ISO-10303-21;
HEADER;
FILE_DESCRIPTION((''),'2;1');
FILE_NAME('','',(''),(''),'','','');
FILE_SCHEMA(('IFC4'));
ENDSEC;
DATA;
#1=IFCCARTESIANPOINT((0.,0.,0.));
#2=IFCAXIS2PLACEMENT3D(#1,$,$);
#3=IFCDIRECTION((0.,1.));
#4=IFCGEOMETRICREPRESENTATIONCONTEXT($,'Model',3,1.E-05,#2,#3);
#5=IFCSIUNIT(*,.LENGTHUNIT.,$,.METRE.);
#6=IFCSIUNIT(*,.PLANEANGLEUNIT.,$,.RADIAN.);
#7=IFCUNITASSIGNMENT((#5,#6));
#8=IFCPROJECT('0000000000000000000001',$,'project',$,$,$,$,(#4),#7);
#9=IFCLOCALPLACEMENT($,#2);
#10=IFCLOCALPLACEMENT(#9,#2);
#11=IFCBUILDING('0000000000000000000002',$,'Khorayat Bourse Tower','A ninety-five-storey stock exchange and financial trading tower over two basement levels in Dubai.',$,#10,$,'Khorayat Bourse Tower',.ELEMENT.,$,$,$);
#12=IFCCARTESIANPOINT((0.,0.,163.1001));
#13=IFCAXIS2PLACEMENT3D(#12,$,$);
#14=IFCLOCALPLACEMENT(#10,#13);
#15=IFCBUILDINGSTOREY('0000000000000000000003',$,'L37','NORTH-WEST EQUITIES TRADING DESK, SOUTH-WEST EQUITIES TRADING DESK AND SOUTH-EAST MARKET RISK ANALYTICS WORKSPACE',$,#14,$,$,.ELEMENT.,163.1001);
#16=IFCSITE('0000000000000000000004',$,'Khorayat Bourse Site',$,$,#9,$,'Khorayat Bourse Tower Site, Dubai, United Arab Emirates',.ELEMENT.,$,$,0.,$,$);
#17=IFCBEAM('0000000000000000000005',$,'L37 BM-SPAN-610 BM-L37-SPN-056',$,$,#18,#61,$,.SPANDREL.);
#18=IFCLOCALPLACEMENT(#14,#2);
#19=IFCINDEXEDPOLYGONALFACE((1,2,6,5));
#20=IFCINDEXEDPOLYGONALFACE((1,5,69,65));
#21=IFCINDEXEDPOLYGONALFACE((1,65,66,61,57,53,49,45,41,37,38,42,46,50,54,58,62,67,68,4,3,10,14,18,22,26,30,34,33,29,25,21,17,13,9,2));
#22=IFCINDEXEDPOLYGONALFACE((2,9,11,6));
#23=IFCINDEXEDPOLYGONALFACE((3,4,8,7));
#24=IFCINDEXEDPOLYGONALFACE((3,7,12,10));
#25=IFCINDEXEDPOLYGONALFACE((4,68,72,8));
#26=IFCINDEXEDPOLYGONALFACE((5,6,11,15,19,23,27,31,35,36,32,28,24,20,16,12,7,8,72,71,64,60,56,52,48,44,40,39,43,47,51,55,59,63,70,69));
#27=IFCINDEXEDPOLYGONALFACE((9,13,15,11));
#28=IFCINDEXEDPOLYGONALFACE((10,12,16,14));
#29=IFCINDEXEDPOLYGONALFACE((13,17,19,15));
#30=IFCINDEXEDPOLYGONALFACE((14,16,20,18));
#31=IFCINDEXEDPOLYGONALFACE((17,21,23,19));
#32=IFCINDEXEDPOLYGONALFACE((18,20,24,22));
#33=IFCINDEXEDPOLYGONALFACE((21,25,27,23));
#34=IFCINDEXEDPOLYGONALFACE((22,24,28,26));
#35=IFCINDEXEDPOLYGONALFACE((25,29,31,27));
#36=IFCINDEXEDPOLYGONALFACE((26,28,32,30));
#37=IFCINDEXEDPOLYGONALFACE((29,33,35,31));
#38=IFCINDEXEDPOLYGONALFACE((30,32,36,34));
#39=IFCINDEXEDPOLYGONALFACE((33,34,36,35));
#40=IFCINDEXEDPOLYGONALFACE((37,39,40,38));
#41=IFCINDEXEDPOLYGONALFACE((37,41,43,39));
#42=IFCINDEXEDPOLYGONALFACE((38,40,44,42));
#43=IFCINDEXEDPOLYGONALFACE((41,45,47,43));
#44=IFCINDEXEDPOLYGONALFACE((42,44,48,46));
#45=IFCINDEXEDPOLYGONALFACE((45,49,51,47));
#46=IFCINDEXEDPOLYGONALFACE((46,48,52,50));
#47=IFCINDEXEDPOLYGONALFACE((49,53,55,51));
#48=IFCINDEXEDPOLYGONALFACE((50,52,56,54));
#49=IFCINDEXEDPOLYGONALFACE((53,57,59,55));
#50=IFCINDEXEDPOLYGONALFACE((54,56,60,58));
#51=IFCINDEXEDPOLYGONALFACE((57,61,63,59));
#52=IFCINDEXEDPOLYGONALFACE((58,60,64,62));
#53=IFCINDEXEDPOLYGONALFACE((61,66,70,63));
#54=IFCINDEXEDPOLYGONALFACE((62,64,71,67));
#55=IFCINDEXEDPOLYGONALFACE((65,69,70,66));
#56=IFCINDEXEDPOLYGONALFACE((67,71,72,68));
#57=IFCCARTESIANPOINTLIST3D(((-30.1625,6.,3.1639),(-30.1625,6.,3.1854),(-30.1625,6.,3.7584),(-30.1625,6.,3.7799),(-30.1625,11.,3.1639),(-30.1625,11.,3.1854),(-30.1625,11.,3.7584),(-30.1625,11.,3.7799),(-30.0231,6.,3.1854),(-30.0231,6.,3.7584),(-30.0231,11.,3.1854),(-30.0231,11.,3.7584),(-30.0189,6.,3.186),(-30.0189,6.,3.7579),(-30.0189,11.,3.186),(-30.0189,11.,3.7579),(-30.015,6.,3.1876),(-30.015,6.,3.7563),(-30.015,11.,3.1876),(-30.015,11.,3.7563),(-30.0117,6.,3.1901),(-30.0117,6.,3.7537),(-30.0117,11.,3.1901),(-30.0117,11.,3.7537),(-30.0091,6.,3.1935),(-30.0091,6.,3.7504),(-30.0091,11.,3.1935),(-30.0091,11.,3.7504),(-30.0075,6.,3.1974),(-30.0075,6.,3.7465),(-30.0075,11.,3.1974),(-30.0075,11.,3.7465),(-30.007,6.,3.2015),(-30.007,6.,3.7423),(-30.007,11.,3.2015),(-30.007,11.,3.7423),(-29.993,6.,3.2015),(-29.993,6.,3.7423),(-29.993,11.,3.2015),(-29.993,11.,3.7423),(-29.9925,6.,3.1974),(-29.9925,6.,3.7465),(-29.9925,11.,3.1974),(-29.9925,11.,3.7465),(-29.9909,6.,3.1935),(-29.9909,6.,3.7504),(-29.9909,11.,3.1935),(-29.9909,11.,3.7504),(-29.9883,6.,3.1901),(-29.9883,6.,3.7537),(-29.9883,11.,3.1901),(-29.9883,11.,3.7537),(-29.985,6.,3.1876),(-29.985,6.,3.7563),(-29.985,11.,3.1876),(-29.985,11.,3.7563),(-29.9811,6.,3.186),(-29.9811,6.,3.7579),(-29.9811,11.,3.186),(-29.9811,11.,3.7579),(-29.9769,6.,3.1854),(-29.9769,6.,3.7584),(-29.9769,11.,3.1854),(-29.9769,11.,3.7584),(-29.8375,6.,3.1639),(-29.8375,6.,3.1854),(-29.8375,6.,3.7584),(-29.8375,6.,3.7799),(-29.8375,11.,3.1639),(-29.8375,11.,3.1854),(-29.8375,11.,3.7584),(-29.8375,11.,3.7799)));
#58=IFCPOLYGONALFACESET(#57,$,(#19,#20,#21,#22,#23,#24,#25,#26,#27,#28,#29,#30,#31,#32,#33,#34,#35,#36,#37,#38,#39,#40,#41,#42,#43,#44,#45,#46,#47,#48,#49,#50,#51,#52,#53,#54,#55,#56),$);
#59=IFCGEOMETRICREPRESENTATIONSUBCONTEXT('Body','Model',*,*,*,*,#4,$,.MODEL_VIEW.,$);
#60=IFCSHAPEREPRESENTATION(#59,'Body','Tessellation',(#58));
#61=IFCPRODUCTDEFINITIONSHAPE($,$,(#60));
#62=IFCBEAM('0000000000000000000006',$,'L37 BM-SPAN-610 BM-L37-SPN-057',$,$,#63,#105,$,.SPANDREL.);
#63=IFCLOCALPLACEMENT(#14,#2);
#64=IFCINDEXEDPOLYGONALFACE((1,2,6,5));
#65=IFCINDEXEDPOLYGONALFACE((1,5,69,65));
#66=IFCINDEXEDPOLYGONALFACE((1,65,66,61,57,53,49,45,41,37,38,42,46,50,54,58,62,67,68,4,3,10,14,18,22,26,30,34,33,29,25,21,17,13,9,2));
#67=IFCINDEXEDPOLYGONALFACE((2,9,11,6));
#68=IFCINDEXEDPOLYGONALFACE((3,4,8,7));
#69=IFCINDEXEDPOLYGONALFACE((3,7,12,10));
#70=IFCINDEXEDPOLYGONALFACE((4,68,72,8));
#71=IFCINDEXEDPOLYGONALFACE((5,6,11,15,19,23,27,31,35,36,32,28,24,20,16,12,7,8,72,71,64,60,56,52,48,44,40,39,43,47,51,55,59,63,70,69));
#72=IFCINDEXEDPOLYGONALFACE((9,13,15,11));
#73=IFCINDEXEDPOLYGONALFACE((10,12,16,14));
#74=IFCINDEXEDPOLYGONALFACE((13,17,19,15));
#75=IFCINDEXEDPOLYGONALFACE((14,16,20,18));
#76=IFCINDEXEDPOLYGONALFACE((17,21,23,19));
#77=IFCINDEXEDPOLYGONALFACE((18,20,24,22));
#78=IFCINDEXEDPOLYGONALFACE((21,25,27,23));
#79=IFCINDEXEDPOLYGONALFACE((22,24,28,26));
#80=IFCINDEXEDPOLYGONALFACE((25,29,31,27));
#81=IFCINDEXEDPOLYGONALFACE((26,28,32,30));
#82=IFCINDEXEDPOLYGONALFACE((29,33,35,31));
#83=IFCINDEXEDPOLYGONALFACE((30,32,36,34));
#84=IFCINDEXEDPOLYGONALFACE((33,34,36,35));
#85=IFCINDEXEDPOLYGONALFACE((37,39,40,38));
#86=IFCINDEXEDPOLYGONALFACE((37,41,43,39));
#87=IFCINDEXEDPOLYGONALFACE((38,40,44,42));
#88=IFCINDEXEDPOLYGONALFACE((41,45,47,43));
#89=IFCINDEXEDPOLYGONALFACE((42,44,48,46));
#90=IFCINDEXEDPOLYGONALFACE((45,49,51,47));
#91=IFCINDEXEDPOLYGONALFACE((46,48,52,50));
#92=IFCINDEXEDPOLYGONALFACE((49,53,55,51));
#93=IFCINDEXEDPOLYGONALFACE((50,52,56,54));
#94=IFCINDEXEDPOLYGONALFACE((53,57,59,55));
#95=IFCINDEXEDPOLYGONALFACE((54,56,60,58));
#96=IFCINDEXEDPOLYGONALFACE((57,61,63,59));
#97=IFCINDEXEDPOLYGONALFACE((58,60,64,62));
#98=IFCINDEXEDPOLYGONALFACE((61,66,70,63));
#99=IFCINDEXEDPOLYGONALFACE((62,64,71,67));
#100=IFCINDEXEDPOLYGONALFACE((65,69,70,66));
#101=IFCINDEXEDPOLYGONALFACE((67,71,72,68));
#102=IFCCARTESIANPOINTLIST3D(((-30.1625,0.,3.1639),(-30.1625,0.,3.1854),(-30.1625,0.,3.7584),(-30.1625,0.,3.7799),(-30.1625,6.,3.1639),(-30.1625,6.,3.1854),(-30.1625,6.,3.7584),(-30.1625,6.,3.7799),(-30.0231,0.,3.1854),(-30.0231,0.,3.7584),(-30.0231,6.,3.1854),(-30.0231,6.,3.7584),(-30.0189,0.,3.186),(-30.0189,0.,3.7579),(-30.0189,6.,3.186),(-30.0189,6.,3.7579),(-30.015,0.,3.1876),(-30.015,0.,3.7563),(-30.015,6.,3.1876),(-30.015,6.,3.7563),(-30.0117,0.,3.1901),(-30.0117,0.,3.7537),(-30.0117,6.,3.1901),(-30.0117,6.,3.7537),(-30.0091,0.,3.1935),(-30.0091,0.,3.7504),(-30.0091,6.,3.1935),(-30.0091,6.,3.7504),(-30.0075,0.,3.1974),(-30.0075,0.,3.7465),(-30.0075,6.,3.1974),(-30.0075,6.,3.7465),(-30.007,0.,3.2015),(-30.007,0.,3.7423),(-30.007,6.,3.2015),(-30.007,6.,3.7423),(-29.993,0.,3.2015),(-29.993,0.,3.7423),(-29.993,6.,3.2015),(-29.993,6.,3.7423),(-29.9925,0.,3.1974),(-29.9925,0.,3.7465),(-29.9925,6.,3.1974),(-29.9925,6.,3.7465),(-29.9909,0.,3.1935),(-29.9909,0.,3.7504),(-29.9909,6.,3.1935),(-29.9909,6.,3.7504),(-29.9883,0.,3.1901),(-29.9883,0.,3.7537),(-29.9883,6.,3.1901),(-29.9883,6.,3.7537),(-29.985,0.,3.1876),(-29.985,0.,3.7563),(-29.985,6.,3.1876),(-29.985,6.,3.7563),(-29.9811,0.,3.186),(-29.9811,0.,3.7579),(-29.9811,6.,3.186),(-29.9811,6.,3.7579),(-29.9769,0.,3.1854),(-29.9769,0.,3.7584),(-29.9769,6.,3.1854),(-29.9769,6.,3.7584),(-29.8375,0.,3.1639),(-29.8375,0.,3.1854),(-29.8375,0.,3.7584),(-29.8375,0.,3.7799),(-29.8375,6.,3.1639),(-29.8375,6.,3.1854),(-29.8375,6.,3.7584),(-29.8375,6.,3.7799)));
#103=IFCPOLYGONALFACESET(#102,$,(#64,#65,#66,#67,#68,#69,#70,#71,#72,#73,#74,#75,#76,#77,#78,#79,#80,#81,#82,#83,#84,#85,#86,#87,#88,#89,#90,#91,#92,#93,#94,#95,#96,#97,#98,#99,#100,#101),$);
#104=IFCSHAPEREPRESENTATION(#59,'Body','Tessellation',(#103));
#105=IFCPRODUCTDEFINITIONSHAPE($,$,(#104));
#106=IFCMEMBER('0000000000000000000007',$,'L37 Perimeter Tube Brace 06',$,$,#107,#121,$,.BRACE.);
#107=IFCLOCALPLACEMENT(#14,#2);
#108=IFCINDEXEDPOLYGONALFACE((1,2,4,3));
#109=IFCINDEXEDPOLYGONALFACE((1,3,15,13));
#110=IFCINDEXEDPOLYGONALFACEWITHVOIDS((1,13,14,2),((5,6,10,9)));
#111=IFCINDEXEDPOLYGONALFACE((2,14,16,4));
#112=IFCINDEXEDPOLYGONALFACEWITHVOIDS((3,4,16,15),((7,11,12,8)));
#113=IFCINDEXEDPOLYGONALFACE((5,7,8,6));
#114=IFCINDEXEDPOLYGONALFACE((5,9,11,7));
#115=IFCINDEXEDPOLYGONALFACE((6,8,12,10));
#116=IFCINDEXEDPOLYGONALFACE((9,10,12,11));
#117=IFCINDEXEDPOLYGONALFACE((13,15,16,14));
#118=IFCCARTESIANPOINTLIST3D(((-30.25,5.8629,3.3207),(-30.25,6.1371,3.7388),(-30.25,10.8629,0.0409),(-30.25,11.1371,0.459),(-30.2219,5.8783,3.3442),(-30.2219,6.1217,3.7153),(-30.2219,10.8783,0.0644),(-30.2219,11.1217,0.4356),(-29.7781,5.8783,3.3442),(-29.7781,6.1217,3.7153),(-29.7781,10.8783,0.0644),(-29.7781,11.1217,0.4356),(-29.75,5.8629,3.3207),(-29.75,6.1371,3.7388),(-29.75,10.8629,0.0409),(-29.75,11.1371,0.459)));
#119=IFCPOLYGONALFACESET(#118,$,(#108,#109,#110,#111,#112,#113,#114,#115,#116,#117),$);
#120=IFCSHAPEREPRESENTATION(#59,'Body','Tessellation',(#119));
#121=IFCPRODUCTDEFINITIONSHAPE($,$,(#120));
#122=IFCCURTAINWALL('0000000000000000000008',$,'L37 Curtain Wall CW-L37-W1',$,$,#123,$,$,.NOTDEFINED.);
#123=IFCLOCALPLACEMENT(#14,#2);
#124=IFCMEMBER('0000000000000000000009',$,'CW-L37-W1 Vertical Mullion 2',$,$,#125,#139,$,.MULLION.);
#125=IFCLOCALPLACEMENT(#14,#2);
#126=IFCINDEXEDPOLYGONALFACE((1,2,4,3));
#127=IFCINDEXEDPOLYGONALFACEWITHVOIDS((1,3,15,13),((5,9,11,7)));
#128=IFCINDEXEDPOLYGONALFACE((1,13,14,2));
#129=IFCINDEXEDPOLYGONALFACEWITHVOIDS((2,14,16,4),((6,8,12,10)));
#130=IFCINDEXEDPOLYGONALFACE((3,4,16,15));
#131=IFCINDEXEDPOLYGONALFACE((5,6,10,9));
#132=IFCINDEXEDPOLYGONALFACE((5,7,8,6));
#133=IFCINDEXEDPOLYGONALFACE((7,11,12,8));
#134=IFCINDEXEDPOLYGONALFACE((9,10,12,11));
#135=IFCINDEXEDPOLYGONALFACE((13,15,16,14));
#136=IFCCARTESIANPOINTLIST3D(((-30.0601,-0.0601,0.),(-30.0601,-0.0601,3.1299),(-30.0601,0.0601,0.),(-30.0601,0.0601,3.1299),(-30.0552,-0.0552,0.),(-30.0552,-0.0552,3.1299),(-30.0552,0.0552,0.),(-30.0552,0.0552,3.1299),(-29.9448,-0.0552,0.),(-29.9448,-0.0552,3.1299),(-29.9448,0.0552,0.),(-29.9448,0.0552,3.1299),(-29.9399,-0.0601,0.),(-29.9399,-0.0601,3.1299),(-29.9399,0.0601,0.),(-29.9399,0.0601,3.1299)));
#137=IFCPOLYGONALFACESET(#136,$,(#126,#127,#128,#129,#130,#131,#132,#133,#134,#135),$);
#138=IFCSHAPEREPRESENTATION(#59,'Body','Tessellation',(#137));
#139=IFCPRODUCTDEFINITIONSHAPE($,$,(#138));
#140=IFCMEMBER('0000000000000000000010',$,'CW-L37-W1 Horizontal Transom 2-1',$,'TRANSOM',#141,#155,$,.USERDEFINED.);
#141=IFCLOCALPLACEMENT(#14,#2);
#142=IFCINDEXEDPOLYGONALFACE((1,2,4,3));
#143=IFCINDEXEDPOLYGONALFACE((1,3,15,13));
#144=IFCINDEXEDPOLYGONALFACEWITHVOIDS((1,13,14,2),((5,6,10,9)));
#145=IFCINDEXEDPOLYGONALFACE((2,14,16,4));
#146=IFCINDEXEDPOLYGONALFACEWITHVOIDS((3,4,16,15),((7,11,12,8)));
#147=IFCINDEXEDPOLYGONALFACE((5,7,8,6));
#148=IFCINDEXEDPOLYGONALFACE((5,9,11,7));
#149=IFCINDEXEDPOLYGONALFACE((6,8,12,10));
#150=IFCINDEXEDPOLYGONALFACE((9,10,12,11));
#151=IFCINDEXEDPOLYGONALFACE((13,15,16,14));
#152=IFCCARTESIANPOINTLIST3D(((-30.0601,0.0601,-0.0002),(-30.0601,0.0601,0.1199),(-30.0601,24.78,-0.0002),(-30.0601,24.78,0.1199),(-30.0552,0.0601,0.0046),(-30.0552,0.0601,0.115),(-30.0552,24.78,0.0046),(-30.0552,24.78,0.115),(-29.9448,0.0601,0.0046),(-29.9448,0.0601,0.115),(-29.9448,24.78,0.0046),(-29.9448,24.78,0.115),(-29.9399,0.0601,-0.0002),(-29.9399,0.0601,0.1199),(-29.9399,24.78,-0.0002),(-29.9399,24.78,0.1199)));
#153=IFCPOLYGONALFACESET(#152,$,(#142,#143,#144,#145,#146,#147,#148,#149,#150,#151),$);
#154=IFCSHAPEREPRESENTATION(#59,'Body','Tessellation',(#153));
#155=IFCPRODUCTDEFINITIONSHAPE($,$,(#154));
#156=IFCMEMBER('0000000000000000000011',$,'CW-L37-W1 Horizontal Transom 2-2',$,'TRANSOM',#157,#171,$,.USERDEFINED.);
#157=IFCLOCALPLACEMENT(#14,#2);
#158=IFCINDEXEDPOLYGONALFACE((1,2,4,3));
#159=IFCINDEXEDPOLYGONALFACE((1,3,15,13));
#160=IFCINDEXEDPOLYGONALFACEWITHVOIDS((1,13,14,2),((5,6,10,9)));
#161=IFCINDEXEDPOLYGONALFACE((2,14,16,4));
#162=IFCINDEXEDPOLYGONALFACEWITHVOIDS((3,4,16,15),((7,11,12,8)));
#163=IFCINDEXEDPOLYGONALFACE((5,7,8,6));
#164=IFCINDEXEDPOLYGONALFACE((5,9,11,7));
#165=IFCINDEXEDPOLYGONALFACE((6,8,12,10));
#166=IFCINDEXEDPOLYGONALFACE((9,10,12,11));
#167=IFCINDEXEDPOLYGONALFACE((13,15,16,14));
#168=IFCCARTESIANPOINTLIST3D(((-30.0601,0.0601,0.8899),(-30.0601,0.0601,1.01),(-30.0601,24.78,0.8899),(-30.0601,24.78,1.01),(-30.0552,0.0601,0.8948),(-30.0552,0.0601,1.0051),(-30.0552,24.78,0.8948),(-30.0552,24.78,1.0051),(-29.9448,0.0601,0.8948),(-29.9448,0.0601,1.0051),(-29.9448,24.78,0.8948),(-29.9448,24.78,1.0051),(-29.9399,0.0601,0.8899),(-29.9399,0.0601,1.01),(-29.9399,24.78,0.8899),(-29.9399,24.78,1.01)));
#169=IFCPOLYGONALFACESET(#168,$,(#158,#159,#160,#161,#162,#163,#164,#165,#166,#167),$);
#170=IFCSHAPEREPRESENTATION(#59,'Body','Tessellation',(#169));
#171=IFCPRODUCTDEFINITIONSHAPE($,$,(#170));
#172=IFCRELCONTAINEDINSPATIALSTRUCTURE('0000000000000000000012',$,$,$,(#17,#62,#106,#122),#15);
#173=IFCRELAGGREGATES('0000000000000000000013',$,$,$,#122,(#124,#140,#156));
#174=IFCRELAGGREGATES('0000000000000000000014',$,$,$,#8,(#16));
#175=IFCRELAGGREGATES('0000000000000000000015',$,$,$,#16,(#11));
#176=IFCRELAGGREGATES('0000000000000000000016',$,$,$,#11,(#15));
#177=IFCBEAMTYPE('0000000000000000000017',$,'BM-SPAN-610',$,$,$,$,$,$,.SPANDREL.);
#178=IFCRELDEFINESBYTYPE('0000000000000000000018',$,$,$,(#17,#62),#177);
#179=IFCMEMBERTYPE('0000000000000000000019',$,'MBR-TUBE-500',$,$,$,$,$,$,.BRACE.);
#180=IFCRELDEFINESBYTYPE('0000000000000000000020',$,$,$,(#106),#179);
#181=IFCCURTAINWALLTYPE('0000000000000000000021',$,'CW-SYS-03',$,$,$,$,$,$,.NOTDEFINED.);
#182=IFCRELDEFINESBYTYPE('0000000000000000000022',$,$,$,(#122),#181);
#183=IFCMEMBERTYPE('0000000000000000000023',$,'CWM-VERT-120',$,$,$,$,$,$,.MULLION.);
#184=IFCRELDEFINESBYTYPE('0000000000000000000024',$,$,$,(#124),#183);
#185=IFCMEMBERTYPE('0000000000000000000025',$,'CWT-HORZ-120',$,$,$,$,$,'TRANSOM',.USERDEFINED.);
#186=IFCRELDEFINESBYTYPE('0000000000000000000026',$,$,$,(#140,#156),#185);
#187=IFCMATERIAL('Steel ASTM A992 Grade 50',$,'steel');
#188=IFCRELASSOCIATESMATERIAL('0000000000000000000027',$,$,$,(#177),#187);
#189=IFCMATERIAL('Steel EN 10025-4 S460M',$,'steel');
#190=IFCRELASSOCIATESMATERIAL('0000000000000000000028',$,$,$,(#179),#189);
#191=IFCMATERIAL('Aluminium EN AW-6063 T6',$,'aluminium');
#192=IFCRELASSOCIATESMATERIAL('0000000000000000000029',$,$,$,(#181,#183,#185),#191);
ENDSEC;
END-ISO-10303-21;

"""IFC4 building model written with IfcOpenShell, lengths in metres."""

from ifc_helpers import new_model, si_unit, direction, frame, origin, origin_2d, place, context, subcontext, project, spatial, hollow_rectangle, i_section, extrude, source, transform, mapped, material, material_profile, profile_set, type_object, element, aggregate, save


model = new_model("IFC4")

# Units and contexts
model_context = context("Model", 3, precision=1e-05, world=origin(), true_north=direction((0.0, 1.0)))
body_context = subcontext(model_context, "Body", "Model", "MODEL_VIEW")
ifc_project = project(units=[si_unit("LENGTHUNIT", "METRE"), si_unit("PLANEANGLEUNIT", "RADIAN")], contexts=[model_context])

# Site, building, storey
site_placement = place(None, origin())
site = spatial("IfcSite", under=ifc_project, at=site_placement, Name="Khorayat Bourse Site", LongName="Khorayat Bourse Tower Site, Dubai, United Arab Emirates", CompositionType="ELEMENT", RefElevation=0.0)
building_placement = place(site_placement, origin())
building = spatial("IfcBuilding", under=site, at=building_placement, Name="Khorayat Bourse Tower", Description="A ninety-five-storey stock exchange and financial trading tower over two basement levels in Dubai.", LongName="Khorayat Bourse Tower", CompositionType="ELEMENT")
storey_placement = place(building_placement, frame((0.0, 0.0, 163.1001)))
storey = spatial("IfcBuildingStorey", under=building, at=storey_placement, Name="L37", Description="NORTH-WEST EQUITIES TRADING DESK, SOUTH-WEST EQUITIES TRADING DESK AND SOUTH-EAST MARKET RISK ANALYTICS WORKSPACE", CompositionType="ELEMENT", Elevation=163.1001)

# Shared definitions
ifc_material_1 = material(Name="Steel EN 10025-4 S460M", Category="steel")

# Beams
ifc_material_2 = material(Name="Steel ASTM A992 Grade 50", Category="steel")
ifc_material_profile_1 = material_profile(ifc_material_2, i_section(OverallWidth=0.325, OverallDepth=0.616, WebThickness=0.0139, FlangeThickness=0.0215, FilletRadius=0.0161, at=origin_2d()), Name="W610X174")
ifc_profile_set_1 = profile_set([ifc_material_profile_1], Name="Steel ASTM A992 Grade 50")
beam_type_1 = type_object("IfcBeamType", Name="BM-SPAN-610", PredefinedType="SPANDREL", material=ifc_profile_set_1)
shared_shape_1 = source(origin(), body_context, "Body", "SweptSolid", [
    extrude(i_section(OverallWidth=0.325, OverallDepth=0.616, WebThickness=0.0139, FlangeThickness=0.0215, FilletRadius=0.0161, at=origin_2d()), origin(), (0.0, 0.0, 1.0), 5.0),
])
beam_1_placement = place(storey_placement, frame((-30.0, 6.0, 3.4719), z_axis=(0.0, 1.0, 0.0), x_axis=(-1.0, 0.0, 0.0)))
element("IfcBeam", 1, at=beam_1_placement, inside=storey, type_object=beam_type_1, Name="L37 BM-SPAN-610 BM-L37-SPN-056", PredefinedType="SPANDREL", context=body_context, shape_type="MappedRepresentation", body=[
    mapped(shared_shape_1, transform((0.0, 0.0, 0.0), scale=1.0)),
])
shared_shape_2 = source(origin(), body_context, "Body", "SweptSolid", [
    extrude(i_section(OverallWidth=0.325, OverallDepth=0.616, WebThickness=0.0139, FlangeThickness=0.0215, FilletRadius=0.0161, at=origin_2d()), origin(), (0.0, 0.0, 1.0), 6.0),
])
beam_2_placement = place(storey_placement, frame((-30.0, 0.0, 3.4719), z_axis=(0.0, 1.0, 0.0), x_axis=(-1.0, 0.0, 0.0)))
element("IfcBeam", 2, at=beam_2_placement, inside=storey, type_object=beam_type_1, Name="L37 BM-SPAN-610 BM-L37-SPN-057", PredefinedType="SPANDREL", context=body_context, shape_type="MappedRepresentation", body=[
    mapped(shared_shape_2, transform((0.0, 0.0, 0.0), scale=1.0)),
])

# Member
ifc_material_profile_2 = material_profile(ifc_material_1, hollow_rectangle(XDim=0.5, YDim=0.5, WallThickness=0.0281, at=origin_2d()), Name="HSS 500x500x28")
ifc_profile_set_2 = profile_set([ifc_material_profile_2], Name="Steel EN 10025-4 S460M")
member_type_1 = type_object("IfcMemberType", Name="MBR-TUBE-500", PredefinedType="BRACE", material=ifc_profile_set_2)
shared_shape_3 = source(origin(), body_context, "Body", "SweptSolid", [
    extrude(hollow_rectangle(XDim=0.5, YDim=0.5, WallThickness=0.0281, at=origin_2d()), origin(), (0.0, 0.0, 1.0), 5.9797),
])
member_1_placement = place(storey_placement, frame((-30.0, 6.0, 3.5298), z_axis=(0.0, 0.83616, -0.548485), x_axis=(-1.0, 0.0, 0.0)))
element("IfcMember", 3, at=member_1_placement, inside=storey, type_object=member_type_1, Name="L37 Perimeter Tube Brace 06", PredefinedType="BRACE", context=body_context, shape_type="MappedRepresentation", body=[
    mapped(shared_shape_3, transform((0.0, 0.0, 0.0), scale=1.0)),
])

# Curtain wall, members
ifc_material_3 = material(Name="Aluminium EN AW-6063 T6", Category="aluminium")
curtain_wall_type = type_object("IfcCurtainWallType", Name="CW-SYS-03", PredefinedType="NOTDEFINED", material=ifc_material_3)
curtain_wall_placement = place(storey_placement, origin())
curtain_wall = element("IfcCurtainWall", 4, at=curtain_wall_placement, inside=storey, type_object=curtain_wall_type, Name="L37 Curtain Wall CW-L37-W1", PredefinedType="NOTDEFINED")
ifc_material_profile_3 = material_profile(ifc_material_3, hollow_rectangle(XDim=0.1201, YDim=0.1201, WallThickness=0.0049, at=origin_2d()), Name="ALU 120x120x5")
ifc_profile_set_3 = profile_set([ifc_material_profile_3], Name="Aluminium EN AW-6063 T6")
member_type_2 = type_object("IfcMemberType", Name="CWM-VERT-120", PredefinedType="MULLION", material=ifc_profile_set_3)
shared_shape_4 = source(origin(), body_context, "Body", "SweptSolid", [
    extrude(hollow_rectangle(XDim=0.1201, YDim=0.1201, WallThickness=0.0049, at=origin_2d()), origin(), (0.0, 0.0, 1.0), 3.1299),
])
member_2_placement = place(storey_placement, frame((-30.0, 0.0, 0.0), z_axis=(0.0, 0.0, 1.0), x_axis=(-1.0, 0.0, 0.0)))
member_2 = element("IfcMember", 5, at=member_2_placement, type_object=member_type_2, Name="CW-L37-W1 Vertical Mullion 2", PredefinedType="MULLION", context=body_context, shape_type="MappedRepresentation", body=[
    mapped(shared_shape_4, transform((0.0, 0.0, 0.0), scale=1.0)),
])
ifc_material_profile_4 = material_profile(ifc_material_3, hollow_rectangle(XDim=0.1201, YDim=0.1201, WallThickness=0.0049, at=origin_2d()), Name="ALU 120x120x5")
ifc_profile_set_4 = profile_set([ifc_material_profile_4], Name="Aluminium EN AW-6063 T6")
member_type_3 = type_object("IfcMemberType", Name="CWT-HORZ-120", ElementType="TRANSOM", PredefinedType="USERDEFINED", material=ifc_profile_set_4)
shared_shape_5 = source(origin(), body_context, "Body", "SweptSolid", [
    extrude(hollow_rectangle(XDim=0.1201, YDim=0.1201, WallThickness=0.0049, at=origin_2d()), origin(), (0.0, 0.0, 1.0), 24.72),
])
member_3_placement = place(storey_placement, frame((-30.0, 0.0601, 0.0598), z_axis=(0.0, 1.0, 0.0), x_axis=(-1.0, 0.0, 0.0)))
member_3 = element("IfcMember", 6, at=member_3_placement, type_object=member_type_3, Name="CW-L37-W1 Horizontal Transom 2-1", ObjectType="TRANSOM", PredefinedType="USERDEFINED", context=body_context, shape_type="MappedRepresentation", body=[
    mapped(shared_shape_5, transform((0.0, 0.0, 0.0), scale=1.0)),
])
member_4_placement = place(storey_placement, frame((-30.0, 0.0601, 0.95), z_axis=(0.0, 1.0, 0.0), x_axis=(-1.0, 0.0, 0.0)))
member_4 = element("IfcMember", 7, at=member_4_placement, type_object=member_type_3, Name="CW-L37-W1 Horizontal Transom 2-2", ObjectType="TRANSOM", PredefinedType="USERDEFINED", context=body_context, shape_type="MappedRepresentation", body=[
    mapped(shared_shape_5, transform((0.0, 0.0, 0.0), scale=1.0)),
])
aggregate(curtain_wall, [member_2, member_3, member_4])

save(model, "model.ifc")
